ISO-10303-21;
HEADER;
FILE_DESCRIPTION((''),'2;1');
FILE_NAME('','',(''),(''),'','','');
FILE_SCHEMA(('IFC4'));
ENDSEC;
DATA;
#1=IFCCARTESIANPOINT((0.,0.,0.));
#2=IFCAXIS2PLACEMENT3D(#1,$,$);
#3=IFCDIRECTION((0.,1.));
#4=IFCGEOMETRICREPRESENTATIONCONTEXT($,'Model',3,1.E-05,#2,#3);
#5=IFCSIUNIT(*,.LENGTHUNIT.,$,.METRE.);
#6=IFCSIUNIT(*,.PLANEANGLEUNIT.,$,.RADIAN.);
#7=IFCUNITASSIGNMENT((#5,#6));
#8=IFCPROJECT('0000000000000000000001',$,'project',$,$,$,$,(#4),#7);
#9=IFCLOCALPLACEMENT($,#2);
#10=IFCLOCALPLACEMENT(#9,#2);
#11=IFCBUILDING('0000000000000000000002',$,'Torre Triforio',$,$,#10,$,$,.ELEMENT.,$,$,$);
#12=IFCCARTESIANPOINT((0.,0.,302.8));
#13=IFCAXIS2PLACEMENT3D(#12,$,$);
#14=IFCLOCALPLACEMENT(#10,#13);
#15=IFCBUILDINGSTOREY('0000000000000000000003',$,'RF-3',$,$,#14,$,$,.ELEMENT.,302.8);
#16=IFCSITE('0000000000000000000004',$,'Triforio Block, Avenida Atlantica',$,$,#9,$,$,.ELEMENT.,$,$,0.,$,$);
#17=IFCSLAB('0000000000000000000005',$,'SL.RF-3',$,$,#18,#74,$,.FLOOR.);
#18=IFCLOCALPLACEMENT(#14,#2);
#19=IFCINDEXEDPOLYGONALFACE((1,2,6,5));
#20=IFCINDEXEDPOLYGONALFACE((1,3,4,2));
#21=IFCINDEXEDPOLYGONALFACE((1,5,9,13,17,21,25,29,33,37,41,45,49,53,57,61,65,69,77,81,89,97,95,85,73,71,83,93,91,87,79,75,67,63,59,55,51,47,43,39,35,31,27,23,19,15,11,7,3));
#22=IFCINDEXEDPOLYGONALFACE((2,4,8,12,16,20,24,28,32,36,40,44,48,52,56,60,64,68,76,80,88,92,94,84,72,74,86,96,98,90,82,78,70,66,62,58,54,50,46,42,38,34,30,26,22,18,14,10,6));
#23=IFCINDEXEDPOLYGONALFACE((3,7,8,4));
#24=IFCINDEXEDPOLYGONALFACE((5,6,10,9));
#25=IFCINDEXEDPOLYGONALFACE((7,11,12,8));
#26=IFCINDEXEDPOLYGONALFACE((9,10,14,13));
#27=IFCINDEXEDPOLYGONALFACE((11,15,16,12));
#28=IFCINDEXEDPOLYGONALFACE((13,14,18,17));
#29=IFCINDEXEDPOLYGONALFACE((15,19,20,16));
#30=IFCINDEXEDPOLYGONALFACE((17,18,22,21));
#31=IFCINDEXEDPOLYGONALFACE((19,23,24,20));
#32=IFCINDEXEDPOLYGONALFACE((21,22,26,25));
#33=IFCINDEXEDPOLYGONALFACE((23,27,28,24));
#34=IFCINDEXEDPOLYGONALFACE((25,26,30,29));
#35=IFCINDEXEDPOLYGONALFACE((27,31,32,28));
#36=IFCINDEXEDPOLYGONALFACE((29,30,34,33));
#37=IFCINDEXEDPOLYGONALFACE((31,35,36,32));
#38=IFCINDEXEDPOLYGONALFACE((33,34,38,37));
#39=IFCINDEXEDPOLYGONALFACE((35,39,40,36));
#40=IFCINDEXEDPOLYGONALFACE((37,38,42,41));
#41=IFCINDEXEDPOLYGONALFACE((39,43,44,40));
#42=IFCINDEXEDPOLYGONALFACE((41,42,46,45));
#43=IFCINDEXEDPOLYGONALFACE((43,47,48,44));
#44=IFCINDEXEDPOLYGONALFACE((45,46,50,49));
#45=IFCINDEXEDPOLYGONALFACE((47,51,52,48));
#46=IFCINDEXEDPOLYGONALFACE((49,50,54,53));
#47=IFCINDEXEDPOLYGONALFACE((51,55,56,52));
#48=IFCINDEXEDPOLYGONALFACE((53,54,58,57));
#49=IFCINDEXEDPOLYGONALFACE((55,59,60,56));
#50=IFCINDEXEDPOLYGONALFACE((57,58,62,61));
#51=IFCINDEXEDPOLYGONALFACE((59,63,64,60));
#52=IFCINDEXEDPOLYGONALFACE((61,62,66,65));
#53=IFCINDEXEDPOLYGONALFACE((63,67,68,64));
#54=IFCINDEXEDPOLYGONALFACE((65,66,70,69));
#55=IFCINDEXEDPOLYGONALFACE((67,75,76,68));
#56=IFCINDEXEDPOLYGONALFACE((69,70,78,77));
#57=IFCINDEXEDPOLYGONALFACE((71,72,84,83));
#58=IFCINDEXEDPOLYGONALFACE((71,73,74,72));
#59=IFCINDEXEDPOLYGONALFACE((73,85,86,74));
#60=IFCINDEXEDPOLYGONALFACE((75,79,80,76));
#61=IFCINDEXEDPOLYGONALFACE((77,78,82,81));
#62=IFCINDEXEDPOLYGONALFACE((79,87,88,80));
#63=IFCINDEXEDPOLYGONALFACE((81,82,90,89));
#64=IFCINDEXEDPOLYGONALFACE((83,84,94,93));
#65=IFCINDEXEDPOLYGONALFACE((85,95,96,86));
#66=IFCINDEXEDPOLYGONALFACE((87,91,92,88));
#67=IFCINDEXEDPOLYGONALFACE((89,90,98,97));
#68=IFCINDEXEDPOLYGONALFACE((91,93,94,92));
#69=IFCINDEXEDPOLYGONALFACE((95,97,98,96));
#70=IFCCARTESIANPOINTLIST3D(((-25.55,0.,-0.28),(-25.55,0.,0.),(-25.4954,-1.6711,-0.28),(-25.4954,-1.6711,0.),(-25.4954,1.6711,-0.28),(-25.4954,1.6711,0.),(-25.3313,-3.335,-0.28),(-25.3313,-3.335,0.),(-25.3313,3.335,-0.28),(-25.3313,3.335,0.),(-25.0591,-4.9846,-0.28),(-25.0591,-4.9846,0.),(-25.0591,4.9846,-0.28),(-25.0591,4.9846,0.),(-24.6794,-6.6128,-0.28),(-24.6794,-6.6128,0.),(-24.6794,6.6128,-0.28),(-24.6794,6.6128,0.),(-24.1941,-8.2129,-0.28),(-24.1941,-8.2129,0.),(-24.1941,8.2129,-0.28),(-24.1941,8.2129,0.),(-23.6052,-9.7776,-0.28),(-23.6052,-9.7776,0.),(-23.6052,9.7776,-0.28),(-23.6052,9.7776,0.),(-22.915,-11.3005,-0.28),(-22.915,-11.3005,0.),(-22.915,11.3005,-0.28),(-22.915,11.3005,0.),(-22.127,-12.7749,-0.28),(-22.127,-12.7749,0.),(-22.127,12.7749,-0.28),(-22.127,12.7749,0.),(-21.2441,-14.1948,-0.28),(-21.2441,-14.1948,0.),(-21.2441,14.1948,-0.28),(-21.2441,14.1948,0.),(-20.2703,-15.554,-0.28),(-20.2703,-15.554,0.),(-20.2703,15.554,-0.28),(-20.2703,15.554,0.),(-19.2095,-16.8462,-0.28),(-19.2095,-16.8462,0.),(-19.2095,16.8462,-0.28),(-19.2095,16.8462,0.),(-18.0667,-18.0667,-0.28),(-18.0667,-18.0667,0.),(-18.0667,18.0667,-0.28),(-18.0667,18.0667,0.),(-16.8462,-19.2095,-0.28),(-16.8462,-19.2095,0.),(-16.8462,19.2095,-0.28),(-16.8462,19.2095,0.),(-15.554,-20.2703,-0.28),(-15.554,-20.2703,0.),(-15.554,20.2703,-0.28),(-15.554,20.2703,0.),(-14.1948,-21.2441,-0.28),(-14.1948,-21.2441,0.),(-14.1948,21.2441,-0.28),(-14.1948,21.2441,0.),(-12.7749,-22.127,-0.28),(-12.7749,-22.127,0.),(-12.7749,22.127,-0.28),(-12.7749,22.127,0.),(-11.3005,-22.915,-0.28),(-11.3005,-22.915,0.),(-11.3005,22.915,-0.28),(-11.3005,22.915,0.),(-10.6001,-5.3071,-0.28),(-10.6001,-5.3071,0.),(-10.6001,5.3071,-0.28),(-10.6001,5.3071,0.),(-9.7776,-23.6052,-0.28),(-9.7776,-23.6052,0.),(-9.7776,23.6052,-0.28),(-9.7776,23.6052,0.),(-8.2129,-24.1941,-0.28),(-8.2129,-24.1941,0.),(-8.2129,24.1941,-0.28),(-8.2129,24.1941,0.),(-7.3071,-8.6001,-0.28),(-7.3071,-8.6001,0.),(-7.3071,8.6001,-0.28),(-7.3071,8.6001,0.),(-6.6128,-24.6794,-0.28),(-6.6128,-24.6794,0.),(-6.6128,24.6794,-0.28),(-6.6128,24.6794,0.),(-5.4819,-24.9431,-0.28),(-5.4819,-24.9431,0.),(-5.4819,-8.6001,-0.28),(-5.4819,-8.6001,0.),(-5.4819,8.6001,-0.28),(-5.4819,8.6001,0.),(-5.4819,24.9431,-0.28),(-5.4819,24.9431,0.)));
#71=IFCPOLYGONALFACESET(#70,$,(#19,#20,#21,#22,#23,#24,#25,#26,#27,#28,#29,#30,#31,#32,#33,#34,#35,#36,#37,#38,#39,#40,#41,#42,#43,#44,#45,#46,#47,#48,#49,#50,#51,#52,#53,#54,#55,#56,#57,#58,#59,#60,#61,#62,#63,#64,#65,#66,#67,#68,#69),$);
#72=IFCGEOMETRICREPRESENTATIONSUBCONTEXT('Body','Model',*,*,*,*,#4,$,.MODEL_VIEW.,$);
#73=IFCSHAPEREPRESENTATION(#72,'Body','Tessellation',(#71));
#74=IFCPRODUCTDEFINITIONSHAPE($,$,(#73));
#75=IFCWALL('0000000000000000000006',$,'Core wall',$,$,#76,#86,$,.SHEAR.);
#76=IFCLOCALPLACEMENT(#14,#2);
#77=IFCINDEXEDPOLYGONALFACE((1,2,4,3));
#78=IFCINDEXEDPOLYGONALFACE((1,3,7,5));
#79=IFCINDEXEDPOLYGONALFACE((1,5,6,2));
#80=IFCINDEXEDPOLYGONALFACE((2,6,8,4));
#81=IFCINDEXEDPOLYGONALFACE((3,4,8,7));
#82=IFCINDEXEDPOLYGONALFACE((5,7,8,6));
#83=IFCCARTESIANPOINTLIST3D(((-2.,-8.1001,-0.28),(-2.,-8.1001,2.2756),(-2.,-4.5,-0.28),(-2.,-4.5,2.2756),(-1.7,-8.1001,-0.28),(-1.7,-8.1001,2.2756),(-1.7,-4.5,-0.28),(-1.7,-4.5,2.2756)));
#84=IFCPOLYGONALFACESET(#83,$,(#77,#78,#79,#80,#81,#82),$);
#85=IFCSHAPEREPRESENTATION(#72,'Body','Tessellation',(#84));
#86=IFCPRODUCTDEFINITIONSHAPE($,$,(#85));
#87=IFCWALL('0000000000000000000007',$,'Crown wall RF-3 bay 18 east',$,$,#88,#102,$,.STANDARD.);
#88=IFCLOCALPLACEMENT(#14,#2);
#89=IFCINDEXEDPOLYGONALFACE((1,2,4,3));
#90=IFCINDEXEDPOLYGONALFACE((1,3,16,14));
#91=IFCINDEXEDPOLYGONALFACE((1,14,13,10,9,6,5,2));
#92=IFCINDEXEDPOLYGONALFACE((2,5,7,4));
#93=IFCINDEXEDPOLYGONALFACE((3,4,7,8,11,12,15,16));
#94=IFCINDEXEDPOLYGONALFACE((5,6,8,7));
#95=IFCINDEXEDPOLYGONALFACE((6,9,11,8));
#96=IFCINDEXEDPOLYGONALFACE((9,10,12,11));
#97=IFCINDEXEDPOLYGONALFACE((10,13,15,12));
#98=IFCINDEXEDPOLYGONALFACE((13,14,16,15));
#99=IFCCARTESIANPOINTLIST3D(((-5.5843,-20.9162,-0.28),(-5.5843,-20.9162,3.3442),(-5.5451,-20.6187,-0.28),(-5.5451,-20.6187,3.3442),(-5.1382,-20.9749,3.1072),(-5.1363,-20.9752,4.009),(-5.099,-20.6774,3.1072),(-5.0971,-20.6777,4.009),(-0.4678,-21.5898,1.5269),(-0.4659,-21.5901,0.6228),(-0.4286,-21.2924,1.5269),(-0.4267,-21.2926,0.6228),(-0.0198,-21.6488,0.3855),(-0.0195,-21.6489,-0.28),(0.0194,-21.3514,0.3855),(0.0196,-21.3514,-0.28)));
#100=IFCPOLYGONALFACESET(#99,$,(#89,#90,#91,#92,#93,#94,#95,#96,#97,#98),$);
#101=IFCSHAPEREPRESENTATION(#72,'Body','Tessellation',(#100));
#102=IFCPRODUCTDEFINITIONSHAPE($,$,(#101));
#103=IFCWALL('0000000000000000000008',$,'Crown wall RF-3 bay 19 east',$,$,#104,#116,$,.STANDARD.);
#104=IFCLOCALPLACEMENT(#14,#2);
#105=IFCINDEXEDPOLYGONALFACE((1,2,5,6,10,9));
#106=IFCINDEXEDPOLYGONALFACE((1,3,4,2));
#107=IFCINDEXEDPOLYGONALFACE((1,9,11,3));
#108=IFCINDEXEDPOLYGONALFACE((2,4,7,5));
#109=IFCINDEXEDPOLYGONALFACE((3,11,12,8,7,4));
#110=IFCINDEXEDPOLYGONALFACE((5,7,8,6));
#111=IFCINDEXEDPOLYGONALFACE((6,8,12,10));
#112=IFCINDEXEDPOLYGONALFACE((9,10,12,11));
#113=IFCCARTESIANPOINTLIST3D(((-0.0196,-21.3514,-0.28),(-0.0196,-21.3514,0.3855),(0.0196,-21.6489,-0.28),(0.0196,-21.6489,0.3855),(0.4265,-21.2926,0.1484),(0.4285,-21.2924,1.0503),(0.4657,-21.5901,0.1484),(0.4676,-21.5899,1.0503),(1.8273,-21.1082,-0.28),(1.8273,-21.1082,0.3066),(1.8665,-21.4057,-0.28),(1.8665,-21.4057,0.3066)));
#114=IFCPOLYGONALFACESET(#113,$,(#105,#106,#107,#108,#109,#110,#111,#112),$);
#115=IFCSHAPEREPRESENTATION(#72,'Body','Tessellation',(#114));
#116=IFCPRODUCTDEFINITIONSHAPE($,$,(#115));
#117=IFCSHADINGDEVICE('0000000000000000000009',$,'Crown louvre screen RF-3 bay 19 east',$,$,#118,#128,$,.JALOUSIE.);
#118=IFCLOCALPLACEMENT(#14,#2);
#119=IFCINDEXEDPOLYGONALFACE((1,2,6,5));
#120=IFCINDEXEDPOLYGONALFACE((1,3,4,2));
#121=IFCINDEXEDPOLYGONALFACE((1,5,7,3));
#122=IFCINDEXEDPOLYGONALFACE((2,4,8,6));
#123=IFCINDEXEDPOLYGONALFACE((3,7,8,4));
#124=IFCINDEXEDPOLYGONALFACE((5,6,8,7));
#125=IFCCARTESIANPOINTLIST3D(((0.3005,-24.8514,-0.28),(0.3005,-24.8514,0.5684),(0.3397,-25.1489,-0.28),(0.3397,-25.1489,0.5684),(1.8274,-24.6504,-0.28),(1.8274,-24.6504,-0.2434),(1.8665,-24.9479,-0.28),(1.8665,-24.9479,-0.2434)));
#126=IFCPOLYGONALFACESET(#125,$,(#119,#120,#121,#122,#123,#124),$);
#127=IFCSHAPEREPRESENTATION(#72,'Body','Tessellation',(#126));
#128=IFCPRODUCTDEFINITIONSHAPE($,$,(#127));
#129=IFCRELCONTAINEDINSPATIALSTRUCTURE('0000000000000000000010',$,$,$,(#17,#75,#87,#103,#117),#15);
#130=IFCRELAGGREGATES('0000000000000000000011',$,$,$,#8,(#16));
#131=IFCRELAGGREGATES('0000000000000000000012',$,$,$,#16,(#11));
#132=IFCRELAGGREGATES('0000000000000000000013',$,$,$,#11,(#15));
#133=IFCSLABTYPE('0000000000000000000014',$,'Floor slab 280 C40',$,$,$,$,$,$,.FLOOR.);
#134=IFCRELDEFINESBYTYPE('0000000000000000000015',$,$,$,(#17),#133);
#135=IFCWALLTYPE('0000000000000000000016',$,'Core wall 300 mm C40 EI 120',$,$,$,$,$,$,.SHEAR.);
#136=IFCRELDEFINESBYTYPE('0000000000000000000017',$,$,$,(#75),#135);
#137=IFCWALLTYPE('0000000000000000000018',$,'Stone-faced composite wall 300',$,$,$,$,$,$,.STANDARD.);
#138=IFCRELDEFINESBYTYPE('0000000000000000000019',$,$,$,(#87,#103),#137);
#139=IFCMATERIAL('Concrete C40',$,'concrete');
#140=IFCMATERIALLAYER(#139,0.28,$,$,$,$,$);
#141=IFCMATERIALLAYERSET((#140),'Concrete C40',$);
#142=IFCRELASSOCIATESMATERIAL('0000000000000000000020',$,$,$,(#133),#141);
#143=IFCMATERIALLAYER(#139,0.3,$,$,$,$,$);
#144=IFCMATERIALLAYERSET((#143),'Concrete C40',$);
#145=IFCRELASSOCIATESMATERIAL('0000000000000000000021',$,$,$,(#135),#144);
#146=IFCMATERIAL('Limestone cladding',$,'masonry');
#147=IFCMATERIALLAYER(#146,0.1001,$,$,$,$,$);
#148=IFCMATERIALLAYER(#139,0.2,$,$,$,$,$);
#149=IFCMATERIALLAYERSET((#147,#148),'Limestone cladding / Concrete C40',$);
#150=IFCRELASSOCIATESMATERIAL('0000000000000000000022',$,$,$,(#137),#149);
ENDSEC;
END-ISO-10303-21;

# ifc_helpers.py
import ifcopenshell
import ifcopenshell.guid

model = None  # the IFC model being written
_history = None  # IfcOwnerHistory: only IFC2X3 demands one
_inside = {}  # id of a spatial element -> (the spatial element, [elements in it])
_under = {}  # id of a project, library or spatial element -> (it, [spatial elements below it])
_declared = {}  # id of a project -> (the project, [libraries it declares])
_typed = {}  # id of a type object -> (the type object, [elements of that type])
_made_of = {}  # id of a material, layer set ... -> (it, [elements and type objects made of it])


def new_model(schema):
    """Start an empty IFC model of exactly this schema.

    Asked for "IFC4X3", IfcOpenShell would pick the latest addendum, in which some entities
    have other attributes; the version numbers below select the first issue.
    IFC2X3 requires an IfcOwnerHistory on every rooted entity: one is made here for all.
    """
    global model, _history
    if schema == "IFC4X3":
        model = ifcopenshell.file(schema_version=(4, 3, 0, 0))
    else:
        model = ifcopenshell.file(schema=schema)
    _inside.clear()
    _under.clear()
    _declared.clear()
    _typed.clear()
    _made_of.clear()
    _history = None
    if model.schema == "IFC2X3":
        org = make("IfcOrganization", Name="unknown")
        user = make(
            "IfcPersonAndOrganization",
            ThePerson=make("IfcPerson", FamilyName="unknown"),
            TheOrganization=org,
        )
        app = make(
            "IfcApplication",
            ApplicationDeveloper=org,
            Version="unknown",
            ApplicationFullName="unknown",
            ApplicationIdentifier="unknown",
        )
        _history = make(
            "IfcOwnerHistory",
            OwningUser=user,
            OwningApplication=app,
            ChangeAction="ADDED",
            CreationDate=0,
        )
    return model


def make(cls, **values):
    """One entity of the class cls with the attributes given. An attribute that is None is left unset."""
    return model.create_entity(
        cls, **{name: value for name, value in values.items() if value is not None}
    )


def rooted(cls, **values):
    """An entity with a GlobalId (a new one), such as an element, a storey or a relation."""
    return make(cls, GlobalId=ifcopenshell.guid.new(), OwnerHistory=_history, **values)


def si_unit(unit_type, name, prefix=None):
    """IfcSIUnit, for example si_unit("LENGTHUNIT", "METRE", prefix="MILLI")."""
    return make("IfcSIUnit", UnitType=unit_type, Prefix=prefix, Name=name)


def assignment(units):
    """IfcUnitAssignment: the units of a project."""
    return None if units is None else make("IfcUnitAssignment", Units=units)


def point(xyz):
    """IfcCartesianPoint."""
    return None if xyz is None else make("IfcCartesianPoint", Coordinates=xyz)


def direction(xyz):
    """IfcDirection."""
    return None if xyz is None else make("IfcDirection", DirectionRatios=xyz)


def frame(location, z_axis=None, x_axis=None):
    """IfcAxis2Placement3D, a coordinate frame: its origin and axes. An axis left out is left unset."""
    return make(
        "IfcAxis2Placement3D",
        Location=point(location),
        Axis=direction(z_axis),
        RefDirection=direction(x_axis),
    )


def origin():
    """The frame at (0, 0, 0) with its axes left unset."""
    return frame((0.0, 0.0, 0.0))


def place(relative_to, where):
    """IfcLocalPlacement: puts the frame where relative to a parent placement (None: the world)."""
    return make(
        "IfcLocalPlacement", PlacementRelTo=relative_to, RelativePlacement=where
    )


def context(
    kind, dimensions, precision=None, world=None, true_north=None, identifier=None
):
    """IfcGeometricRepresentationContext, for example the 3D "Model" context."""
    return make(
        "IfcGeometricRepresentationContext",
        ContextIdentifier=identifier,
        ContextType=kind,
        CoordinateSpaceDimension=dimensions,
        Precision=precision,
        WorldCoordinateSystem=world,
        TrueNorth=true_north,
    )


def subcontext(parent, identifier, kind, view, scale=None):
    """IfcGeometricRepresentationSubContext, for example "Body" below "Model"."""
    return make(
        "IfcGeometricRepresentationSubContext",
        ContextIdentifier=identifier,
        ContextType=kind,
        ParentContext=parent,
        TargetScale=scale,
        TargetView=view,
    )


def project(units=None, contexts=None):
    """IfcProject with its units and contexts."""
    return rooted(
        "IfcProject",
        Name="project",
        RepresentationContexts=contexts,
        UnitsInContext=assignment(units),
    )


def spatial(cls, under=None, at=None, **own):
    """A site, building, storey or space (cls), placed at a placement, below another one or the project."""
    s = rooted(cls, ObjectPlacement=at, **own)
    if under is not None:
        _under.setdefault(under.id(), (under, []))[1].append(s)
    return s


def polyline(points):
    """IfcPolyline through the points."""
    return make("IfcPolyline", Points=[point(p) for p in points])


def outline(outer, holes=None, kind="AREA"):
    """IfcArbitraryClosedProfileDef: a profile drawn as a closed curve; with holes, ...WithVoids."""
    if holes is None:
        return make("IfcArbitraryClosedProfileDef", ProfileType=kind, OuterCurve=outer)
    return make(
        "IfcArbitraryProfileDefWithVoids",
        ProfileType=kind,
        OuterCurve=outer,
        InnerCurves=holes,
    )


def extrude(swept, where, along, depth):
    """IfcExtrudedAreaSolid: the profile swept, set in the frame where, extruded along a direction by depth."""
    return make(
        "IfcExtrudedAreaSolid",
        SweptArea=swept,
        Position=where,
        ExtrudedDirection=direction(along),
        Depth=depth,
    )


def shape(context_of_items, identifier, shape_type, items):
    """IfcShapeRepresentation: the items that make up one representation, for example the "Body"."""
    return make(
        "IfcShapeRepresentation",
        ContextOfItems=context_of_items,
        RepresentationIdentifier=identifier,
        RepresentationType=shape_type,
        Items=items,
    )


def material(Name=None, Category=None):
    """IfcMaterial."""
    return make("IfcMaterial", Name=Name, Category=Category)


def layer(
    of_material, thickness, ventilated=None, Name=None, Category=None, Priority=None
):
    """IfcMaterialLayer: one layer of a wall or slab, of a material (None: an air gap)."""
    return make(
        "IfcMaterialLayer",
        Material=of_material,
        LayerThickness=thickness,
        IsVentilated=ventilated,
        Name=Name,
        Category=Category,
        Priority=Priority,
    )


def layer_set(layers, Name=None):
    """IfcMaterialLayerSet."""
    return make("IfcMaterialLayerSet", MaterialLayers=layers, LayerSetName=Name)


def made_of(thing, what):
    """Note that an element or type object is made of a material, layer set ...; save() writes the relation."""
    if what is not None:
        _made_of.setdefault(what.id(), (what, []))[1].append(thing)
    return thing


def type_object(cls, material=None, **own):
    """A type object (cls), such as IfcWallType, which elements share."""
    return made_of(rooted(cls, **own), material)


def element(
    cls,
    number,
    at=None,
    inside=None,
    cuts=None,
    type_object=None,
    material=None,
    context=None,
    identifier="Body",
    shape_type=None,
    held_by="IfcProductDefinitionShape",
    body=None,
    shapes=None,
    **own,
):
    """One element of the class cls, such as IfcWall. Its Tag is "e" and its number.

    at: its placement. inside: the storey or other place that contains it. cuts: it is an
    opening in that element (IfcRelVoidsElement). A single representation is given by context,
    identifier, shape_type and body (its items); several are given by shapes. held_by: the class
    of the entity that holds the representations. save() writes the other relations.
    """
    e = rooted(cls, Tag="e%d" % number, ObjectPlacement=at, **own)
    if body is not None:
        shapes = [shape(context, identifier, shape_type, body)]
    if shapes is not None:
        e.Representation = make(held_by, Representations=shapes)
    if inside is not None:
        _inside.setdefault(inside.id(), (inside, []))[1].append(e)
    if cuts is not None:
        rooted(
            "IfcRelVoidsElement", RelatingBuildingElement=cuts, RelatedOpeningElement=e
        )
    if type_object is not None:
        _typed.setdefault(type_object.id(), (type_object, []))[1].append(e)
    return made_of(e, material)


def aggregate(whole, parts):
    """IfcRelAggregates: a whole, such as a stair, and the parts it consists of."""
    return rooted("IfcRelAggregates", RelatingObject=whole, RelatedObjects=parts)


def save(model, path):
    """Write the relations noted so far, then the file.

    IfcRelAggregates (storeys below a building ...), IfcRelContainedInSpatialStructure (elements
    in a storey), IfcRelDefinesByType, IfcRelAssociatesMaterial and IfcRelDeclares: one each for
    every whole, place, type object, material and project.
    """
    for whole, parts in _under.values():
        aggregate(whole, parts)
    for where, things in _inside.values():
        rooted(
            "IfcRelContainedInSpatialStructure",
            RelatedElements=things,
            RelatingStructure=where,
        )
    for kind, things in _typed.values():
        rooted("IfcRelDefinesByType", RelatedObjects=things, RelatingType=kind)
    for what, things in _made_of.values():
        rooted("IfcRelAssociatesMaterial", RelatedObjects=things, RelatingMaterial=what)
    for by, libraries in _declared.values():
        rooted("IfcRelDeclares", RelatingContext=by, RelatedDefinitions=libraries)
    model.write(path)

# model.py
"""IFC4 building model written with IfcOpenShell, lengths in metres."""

from ifc_helpers import new_model, si_unit, direction, frame, origin, place, context, subcontext, project, spatial, polyline, outline, extrude, material, layer, layer_set, type_object, element, save


model = new_model("IFC4")

# Units and contexts
model_context = context("Model", 3, precision=1e-05, world=origin(), true_north=direction((0.0, 1.0)))
body_context = subcontext(model_context, "Body", "Model", "MODEL_VIEW")
ifc_project = project(units=[si_unit("LENGTHUNIT", "METRE"), si_unit("PLANEANGLEUNIT", "RADIAN")], contexts=[model_context])

# Site, building, storey
site_placement = place(None, origin())
site = spatial("IfcSite", under=ifc_project, at=site_placement, Name="Triforio Block, Avenida Atlantica", CompositionType="ELEMENT", RefElevation=0.0)
building_placement = place(site_placement, origin())
building = spatial("IfcBuilding", under=site, at=building_placement, Name="Torre Triforio", CompositionType="ELEMENT")
storey_placement = place(building_placement, frame((0.0, 0.0, 302.8)))
storey = spatial("IfcBuildingStorey", under=building, at=storey_placement, Name="RF-3", CompositionType="ELEMENT", Elevation=302.8)

# Shared definitions
ifc_material_1 = material(Name="Concrete C40", Category="concrete")

# Slab
ifc_layer_1 = layer(ifc_material_1, 0.28)
ifc_layer_set_1 = layer_set([ifc_layer_1], Name="Concrete C40")
slab_type_1 = type_object("IfcSlabType", Name="Floor slab 280 C40", PredefinedType="FLOOR", material=ifc_layer_set_1)
slab_1_placement = place(storey_placement, frame((0.0, 0.0, -0.28)))
element("IfcSlab", 1, at=slab_1_placement, inside=storey, type_object=slab_type_1, Name="SL.RF-3", PredefinedType="FLOOR", context=body_context, shape_type="SweptSolid", body=[
    extrude(outline(polyline([(-5.4819, 8.6001), (-5.4819, 24.9431), (-6.6128, 24.6794), (-8.2129, 24.1941), (-9.7776, 23.6052), (-11.3005, 22.915), (-12.7749, 22.127), (-14.1948, 21.2441), (-15.554, 20.2703), (-16.8462, 19.2095), (-18.0667, 18.0667), (-19.2095, 16.8462), (-20.2703, 15.554), (-21.2441, 14.1948), (-22.127, 12.7749), (-22.915, 11.3005), (-23.6052, 9.7776), (-24.1941, 8.2129), (-24.6794, 6.6128), (-25.0591, 4.9846), (-25.3313, 3.335), (-25.4954, 1.6711), (-25.55, 0.0), (-25.4954, -1.6711), (-25.3313, -3.335), (-25.0591, -4.9846), (-24.6794, -6.6128), (-24.1941, -8.2129), (-23.6052, -9.7776), (-22.915, -11.3005), (-22.127, -12.7749), (-21.2441, -14.1948), (-20.2703, -15.554), (-19.2095, -16.8462), (-18.0667, -18.0667), (-16.8462, -19.2095), (-15.554, -20.2703), (-14.1948, -21.2441), (-12.7749, -22.127), (-11.3005, -22.915), (-9.7776, -23.6052), (-8.2129, -24.1941), (-6.6128, -24.6794), (-5.4819, -24.9431), (-5.4819, -8.6001), (-7.3071, -8.6001), (-10.6001, -5.3071), (-10.6001, 5.3071), (-7.3071, 8.6001), (-5.4819, 8.6001)])), origin(), (0.0, 0.0, 1.0), 0.28),
])

# Walls
ifc_layer_2 = layer(ifc_material_1, 0.3)
ifc_layer_set_2 = layer_set([ifc_layer_2], Name="Concrete C40")
wall_type_1 = type_object("IfcWallType", Name="Core wall 300 mm C40 EI 120", PredefinedType="SHEAR", material=ifc_layer_set_2)
wall_1_placement = place(storey_placement, frame((-1.8501, -8.1001, -0.28), z_axis=(0.0, 0.0, 1.0), x_axis=(0.0, 1.0, 0.0)))
element("IfcWall", 2, at=wall_1_placement, inside=storey, type_object=wall_type_1, Name="Core wall", PredefinedType="SHEAR", context=body_context, shape_type="SweptSolid", body=[
    extrude(outline(polyline([(0.0, 0.0), (3.6001, 0.0), (3.6001, 2.5557), (0.0, 2.5557), (0.0, 0.0)])), frame((0.0, 0.1499, 0.0), z_axis=(0.0, -1.0, 0.0), x_axis=(1.0, 0.0, 0.0)), (0.0, 0.0, 1.0), 0.3),
])
ifc_material_2 = material(Name="Limestone cladding", Category="masonry")
ifc_layer_3 = layer(ifc_material_2, 0.1001)
ifc_layer_4 = layer(ifc_material_1, 0.2)
ifc_layer_set_3 = layer_set([ifc_layer_3, ifc_layer_4], Name="Limestone cladding / Concrete C40")
wall_type_2 = type_object("IfcWallType", Name="Stone-faced composite wall 300", PredefinedType="STANDARD", material=ifc_layer_set_3)
wall_2_placement = place(storey_placement, frame((-5.5647, -20.7673, -0.28), z_axis=(0.0, 0.0, 1.0), x_axis=(0.991443, -0.130537, 0.0)))
element("IfcWall", 3, at=wall_2_placement, inside=storey, type_object=wall_type_2, Name="Crown wall RF-3 bay 18 east", PredefinedType="STANDARD", context=body_context, shape_type="SweptSolid", body=[
    extrude(outline(polyline([(0.0, 0.0), (5.6128, 0.0), (5.6125, 0.6655), (5.1626, 0.9028), (5.1606, 1.8069), (0.4519, 4.2891), (0.45, 3.3872), (0.0, 3.6243), (0.0, 0.0)])), frame((0.0, 0.1499, 0.0), z_axis=(0.0, -1.0, 0.0), x_axis=(1.0, 0.0, 0.0)), (0.0, 0.0, 1.0), 0.3),
])
wall_3_placement = place(storey_placement, frame((0.0, -21.5, -0.28), z_axis=(0.0, 0.0, 1.0), x_axis=(0.991444, 0.130532, 0.0)))
element("IfcWall", 4, at=wall_3_placement, inside=storey, type_object=wall_type_2, Name="Crown wall RF-3 bay 19 east", PredefinedType="STANDARD", context=body_context, shape_type="SweptSolid", body=[
    extrude(outline(polyline([(0.0, 0.0), (1.8628, 0.0), (1.8628, 0.5867), (0.4519, 1.3303), (0.45, 0.4285), (0.0, 0.6655), (0.0, 0.0)])), frame((0.0, 0.1499, 0.0), z_axis=(0.0, -1.0, 0.0), x_axis=(1.0, 0.0, 0.0)), (0.0, 0.0, 1.0), 0.3),
])

# Shading device
shading_device_placement = place(storey_placement, frame((0.3201, -25.0, -0.28), z_axis=(0.0, 0.0, 1.0), x_axis=(0.991452, 0.130471, 0.0)))
element("IfcShadingDevice", 5, at=shading_device_placement, inside=storey, Name="Crown louvre screen RF-3 bay 19 east", PredefinedType="JALOUSIE", context=body_context, shape_type="SweptSolid", body=[
    extrude(outline(polyline([(0.0, 0.0), (1.54, 0.0), (1.54, 0.0366), (0.0, 0.8484), (0.0, 0.0)])), frame((0.0, 0.1499, 0.0), z_axis=(0.0, -1.0, 0.0), x_axis=(1.0, 0.0, 0.0)), (0.0, 0.0, 1.0), 0.3),
])

save(model, "model.ifc")
